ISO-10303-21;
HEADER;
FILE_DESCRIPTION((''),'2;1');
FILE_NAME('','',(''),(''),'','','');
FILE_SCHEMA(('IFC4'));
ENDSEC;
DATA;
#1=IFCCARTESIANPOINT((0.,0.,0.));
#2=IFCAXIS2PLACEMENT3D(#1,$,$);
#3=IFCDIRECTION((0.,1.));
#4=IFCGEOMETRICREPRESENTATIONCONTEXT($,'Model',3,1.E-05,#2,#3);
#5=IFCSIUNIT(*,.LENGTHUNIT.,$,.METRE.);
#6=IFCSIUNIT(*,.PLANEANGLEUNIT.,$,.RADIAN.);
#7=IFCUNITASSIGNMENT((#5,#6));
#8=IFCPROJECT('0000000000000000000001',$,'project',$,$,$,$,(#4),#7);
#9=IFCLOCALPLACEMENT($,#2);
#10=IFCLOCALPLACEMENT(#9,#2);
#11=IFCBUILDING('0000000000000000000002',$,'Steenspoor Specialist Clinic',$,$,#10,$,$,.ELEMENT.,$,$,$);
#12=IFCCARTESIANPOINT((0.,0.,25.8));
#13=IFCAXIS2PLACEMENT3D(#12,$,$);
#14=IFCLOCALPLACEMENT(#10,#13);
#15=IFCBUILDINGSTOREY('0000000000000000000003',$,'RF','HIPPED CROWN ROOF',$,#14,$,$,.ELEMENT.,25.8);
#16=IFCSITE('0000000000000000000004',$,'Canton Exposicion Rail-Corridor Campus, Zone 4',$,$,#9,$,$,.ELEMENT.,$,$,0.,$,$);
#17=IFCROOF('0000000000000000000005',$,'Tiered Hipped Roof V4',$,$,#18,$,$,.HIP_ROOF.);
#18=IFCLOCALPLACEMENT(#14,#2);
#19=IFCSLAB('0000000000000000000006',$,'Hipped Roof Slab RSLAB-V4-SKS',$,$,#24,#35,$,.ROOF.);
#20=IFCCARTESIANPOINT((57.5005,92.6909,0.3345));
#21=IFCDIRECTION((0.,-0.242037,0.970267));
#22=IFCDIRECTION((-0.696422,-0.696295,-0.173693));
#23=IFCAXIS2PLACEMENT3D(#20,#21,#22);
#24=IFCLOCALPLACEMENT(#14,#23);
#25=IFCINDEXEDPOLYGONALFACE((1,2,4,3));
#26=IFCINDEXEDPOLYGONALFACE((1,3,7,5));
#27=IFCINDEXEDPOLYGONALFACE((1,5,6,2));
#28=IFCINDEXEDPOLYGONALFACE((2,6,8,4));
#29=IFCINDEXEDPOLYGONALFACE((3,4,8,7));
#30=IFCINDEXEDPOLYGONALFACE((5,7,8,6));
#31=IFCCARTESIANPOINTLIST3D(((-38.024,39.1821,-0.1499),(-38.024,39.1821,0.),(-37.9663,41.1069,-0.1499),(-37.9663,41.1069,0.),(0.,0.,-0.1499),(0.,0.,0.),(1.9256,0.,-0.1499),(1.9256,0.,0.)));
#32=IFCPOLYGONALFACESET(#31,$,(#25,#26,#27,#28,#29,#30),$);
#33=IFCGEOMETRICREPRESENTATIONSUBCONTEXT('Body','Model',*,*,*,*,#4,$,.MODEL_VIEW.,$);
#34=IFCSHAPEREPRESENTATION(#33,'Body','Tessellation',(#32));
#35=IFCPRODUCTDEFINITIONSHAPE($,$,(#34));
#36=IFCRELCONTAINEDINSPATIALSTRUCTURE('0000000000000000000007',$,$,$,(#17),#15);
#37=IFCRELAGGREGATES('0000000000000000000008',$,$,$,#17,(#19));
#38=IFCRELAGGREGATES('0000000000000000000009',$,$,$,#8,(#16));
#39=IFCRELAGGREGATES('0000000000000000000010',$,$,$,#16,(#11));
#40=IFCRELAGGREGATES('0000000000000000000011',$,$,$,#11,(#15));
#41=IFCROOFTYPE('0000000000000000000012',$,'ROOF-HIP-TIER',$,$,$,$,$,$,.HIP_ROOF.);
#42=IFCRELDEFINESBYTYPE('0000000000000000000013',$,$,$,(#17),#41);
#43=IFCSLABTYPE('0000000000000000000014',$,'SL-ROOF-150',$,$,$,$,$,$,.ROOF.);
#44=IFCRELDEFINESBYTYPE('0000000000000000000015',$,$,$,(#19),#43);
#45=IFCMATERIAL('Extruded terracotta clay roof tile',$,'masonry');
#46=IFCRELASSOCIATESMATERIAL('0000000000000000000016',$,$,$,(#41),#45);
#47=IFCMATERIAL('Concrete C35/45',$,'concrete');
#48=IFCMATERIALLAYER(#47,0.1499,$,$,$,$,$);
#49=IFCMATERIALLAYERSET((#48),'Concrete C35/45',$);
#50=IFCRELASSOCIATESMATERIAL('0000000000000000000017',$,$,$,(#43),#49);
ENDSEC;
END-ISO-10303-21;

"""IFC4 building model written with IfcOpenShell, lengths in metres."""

from ifc_helpers import new_model, si_unit, direction, frame, origin, place, context, subcontext, project, spatial, polyline, outline, extrude, material, layer, layer_set, type_object, element, aggregate, save


model = new_model("IFC4")

# Units and contexts
model_context = context("Model", 3, precision=1e-05, world=origin(), true_north=direction((0.0, 1.0)))
body_context = subcontext(model_context, "Body", "Model", "MODEL_VIEW")
ifc_project = project(units=[si_unit("LENGTHUNIT", "METRE"), si_unit("PLANEANGLEUNIT", "RADIAN")], contexts=[model_context])

# Site, building, storey
site_placement = place(None, origin())
site = spatial("IfcSite", under=ifc_project, at=site_placement, Name="Canton Exposicion Rail-Corridor Campus, Zone 4", CompositionType="ELEMENT", RefElevation=0.0)
building_placement = place(site_placement, origin())
building = spatial("IfcBuilding", under=site, at=building_placement, Name="Steenspoor Specialist Clinic", CompositionType="ELEMENT")
storey_placement = place(building_placement, frame((0.0, 0.0, 25.8)))
storey = spatial("IfcBuildingStorey", under=building, at=storey_placement, Name="RF", Description="HIPPED CROWN ROOF", CompositionType="ELEMENT", Elevation=25.8)

# Roof, slab
ifc_material_1 = material(Name="Extruded terracotta clay roof tile", Category="masonry")
roof_type = type_object("IfcRoofType", Name="ROOF-HIP-TIER", PredefinedType="HIP_ROOF", material=ifc_material_1)
roof_placement = place(storey_placement, origin())
roof = element("IfcRoof", 1, at=roof_placement, inside=storey, type_object=roof_type, Name="Tiered Hipped Roof V4", PredefinedType="HIP_ROOF")
ifc_material_2 = material(Name="Concrete C35/45", Category="concrete")
ifc_layer_1 = layer(ifc_material_2, 0.1499)
ifc_layer_set_1 = layer_set([ifc_layer_1], Name="Concrete C35/45")
slab_type = type_object("IfcSlabType", Name="SL-ROOF-150", PredefinedType="ROOF", material=ifc_layer_set_1)
slab_placement = place(storey_placement, frame((57.5005, 92.6909, 0.3345), z_axis=(0.0, -0.242037, 0.970267), x_axis=(-0.696422, -0.696295, -0.173693)))
slab = element("IfcSlab", 2, at=slab_placement, type_object=slab_type, Name="Hipped Roof Slab RSLAB-V4-SKS", PredefinedType="ROOF", context=body_context, shape_type="SweptSolid", body=[
    extrude(outline(polyline([(0.0, 0.0), (1.9256, 0.0), (-37.9663, 41.1069), (-38.024, 39.1821), (0.0, 0.0)])), origin(), (0.0, 0.0, -1.0), 0.1499),
])
aggregate(roof, [slab])

save(model, "model.ifc")
